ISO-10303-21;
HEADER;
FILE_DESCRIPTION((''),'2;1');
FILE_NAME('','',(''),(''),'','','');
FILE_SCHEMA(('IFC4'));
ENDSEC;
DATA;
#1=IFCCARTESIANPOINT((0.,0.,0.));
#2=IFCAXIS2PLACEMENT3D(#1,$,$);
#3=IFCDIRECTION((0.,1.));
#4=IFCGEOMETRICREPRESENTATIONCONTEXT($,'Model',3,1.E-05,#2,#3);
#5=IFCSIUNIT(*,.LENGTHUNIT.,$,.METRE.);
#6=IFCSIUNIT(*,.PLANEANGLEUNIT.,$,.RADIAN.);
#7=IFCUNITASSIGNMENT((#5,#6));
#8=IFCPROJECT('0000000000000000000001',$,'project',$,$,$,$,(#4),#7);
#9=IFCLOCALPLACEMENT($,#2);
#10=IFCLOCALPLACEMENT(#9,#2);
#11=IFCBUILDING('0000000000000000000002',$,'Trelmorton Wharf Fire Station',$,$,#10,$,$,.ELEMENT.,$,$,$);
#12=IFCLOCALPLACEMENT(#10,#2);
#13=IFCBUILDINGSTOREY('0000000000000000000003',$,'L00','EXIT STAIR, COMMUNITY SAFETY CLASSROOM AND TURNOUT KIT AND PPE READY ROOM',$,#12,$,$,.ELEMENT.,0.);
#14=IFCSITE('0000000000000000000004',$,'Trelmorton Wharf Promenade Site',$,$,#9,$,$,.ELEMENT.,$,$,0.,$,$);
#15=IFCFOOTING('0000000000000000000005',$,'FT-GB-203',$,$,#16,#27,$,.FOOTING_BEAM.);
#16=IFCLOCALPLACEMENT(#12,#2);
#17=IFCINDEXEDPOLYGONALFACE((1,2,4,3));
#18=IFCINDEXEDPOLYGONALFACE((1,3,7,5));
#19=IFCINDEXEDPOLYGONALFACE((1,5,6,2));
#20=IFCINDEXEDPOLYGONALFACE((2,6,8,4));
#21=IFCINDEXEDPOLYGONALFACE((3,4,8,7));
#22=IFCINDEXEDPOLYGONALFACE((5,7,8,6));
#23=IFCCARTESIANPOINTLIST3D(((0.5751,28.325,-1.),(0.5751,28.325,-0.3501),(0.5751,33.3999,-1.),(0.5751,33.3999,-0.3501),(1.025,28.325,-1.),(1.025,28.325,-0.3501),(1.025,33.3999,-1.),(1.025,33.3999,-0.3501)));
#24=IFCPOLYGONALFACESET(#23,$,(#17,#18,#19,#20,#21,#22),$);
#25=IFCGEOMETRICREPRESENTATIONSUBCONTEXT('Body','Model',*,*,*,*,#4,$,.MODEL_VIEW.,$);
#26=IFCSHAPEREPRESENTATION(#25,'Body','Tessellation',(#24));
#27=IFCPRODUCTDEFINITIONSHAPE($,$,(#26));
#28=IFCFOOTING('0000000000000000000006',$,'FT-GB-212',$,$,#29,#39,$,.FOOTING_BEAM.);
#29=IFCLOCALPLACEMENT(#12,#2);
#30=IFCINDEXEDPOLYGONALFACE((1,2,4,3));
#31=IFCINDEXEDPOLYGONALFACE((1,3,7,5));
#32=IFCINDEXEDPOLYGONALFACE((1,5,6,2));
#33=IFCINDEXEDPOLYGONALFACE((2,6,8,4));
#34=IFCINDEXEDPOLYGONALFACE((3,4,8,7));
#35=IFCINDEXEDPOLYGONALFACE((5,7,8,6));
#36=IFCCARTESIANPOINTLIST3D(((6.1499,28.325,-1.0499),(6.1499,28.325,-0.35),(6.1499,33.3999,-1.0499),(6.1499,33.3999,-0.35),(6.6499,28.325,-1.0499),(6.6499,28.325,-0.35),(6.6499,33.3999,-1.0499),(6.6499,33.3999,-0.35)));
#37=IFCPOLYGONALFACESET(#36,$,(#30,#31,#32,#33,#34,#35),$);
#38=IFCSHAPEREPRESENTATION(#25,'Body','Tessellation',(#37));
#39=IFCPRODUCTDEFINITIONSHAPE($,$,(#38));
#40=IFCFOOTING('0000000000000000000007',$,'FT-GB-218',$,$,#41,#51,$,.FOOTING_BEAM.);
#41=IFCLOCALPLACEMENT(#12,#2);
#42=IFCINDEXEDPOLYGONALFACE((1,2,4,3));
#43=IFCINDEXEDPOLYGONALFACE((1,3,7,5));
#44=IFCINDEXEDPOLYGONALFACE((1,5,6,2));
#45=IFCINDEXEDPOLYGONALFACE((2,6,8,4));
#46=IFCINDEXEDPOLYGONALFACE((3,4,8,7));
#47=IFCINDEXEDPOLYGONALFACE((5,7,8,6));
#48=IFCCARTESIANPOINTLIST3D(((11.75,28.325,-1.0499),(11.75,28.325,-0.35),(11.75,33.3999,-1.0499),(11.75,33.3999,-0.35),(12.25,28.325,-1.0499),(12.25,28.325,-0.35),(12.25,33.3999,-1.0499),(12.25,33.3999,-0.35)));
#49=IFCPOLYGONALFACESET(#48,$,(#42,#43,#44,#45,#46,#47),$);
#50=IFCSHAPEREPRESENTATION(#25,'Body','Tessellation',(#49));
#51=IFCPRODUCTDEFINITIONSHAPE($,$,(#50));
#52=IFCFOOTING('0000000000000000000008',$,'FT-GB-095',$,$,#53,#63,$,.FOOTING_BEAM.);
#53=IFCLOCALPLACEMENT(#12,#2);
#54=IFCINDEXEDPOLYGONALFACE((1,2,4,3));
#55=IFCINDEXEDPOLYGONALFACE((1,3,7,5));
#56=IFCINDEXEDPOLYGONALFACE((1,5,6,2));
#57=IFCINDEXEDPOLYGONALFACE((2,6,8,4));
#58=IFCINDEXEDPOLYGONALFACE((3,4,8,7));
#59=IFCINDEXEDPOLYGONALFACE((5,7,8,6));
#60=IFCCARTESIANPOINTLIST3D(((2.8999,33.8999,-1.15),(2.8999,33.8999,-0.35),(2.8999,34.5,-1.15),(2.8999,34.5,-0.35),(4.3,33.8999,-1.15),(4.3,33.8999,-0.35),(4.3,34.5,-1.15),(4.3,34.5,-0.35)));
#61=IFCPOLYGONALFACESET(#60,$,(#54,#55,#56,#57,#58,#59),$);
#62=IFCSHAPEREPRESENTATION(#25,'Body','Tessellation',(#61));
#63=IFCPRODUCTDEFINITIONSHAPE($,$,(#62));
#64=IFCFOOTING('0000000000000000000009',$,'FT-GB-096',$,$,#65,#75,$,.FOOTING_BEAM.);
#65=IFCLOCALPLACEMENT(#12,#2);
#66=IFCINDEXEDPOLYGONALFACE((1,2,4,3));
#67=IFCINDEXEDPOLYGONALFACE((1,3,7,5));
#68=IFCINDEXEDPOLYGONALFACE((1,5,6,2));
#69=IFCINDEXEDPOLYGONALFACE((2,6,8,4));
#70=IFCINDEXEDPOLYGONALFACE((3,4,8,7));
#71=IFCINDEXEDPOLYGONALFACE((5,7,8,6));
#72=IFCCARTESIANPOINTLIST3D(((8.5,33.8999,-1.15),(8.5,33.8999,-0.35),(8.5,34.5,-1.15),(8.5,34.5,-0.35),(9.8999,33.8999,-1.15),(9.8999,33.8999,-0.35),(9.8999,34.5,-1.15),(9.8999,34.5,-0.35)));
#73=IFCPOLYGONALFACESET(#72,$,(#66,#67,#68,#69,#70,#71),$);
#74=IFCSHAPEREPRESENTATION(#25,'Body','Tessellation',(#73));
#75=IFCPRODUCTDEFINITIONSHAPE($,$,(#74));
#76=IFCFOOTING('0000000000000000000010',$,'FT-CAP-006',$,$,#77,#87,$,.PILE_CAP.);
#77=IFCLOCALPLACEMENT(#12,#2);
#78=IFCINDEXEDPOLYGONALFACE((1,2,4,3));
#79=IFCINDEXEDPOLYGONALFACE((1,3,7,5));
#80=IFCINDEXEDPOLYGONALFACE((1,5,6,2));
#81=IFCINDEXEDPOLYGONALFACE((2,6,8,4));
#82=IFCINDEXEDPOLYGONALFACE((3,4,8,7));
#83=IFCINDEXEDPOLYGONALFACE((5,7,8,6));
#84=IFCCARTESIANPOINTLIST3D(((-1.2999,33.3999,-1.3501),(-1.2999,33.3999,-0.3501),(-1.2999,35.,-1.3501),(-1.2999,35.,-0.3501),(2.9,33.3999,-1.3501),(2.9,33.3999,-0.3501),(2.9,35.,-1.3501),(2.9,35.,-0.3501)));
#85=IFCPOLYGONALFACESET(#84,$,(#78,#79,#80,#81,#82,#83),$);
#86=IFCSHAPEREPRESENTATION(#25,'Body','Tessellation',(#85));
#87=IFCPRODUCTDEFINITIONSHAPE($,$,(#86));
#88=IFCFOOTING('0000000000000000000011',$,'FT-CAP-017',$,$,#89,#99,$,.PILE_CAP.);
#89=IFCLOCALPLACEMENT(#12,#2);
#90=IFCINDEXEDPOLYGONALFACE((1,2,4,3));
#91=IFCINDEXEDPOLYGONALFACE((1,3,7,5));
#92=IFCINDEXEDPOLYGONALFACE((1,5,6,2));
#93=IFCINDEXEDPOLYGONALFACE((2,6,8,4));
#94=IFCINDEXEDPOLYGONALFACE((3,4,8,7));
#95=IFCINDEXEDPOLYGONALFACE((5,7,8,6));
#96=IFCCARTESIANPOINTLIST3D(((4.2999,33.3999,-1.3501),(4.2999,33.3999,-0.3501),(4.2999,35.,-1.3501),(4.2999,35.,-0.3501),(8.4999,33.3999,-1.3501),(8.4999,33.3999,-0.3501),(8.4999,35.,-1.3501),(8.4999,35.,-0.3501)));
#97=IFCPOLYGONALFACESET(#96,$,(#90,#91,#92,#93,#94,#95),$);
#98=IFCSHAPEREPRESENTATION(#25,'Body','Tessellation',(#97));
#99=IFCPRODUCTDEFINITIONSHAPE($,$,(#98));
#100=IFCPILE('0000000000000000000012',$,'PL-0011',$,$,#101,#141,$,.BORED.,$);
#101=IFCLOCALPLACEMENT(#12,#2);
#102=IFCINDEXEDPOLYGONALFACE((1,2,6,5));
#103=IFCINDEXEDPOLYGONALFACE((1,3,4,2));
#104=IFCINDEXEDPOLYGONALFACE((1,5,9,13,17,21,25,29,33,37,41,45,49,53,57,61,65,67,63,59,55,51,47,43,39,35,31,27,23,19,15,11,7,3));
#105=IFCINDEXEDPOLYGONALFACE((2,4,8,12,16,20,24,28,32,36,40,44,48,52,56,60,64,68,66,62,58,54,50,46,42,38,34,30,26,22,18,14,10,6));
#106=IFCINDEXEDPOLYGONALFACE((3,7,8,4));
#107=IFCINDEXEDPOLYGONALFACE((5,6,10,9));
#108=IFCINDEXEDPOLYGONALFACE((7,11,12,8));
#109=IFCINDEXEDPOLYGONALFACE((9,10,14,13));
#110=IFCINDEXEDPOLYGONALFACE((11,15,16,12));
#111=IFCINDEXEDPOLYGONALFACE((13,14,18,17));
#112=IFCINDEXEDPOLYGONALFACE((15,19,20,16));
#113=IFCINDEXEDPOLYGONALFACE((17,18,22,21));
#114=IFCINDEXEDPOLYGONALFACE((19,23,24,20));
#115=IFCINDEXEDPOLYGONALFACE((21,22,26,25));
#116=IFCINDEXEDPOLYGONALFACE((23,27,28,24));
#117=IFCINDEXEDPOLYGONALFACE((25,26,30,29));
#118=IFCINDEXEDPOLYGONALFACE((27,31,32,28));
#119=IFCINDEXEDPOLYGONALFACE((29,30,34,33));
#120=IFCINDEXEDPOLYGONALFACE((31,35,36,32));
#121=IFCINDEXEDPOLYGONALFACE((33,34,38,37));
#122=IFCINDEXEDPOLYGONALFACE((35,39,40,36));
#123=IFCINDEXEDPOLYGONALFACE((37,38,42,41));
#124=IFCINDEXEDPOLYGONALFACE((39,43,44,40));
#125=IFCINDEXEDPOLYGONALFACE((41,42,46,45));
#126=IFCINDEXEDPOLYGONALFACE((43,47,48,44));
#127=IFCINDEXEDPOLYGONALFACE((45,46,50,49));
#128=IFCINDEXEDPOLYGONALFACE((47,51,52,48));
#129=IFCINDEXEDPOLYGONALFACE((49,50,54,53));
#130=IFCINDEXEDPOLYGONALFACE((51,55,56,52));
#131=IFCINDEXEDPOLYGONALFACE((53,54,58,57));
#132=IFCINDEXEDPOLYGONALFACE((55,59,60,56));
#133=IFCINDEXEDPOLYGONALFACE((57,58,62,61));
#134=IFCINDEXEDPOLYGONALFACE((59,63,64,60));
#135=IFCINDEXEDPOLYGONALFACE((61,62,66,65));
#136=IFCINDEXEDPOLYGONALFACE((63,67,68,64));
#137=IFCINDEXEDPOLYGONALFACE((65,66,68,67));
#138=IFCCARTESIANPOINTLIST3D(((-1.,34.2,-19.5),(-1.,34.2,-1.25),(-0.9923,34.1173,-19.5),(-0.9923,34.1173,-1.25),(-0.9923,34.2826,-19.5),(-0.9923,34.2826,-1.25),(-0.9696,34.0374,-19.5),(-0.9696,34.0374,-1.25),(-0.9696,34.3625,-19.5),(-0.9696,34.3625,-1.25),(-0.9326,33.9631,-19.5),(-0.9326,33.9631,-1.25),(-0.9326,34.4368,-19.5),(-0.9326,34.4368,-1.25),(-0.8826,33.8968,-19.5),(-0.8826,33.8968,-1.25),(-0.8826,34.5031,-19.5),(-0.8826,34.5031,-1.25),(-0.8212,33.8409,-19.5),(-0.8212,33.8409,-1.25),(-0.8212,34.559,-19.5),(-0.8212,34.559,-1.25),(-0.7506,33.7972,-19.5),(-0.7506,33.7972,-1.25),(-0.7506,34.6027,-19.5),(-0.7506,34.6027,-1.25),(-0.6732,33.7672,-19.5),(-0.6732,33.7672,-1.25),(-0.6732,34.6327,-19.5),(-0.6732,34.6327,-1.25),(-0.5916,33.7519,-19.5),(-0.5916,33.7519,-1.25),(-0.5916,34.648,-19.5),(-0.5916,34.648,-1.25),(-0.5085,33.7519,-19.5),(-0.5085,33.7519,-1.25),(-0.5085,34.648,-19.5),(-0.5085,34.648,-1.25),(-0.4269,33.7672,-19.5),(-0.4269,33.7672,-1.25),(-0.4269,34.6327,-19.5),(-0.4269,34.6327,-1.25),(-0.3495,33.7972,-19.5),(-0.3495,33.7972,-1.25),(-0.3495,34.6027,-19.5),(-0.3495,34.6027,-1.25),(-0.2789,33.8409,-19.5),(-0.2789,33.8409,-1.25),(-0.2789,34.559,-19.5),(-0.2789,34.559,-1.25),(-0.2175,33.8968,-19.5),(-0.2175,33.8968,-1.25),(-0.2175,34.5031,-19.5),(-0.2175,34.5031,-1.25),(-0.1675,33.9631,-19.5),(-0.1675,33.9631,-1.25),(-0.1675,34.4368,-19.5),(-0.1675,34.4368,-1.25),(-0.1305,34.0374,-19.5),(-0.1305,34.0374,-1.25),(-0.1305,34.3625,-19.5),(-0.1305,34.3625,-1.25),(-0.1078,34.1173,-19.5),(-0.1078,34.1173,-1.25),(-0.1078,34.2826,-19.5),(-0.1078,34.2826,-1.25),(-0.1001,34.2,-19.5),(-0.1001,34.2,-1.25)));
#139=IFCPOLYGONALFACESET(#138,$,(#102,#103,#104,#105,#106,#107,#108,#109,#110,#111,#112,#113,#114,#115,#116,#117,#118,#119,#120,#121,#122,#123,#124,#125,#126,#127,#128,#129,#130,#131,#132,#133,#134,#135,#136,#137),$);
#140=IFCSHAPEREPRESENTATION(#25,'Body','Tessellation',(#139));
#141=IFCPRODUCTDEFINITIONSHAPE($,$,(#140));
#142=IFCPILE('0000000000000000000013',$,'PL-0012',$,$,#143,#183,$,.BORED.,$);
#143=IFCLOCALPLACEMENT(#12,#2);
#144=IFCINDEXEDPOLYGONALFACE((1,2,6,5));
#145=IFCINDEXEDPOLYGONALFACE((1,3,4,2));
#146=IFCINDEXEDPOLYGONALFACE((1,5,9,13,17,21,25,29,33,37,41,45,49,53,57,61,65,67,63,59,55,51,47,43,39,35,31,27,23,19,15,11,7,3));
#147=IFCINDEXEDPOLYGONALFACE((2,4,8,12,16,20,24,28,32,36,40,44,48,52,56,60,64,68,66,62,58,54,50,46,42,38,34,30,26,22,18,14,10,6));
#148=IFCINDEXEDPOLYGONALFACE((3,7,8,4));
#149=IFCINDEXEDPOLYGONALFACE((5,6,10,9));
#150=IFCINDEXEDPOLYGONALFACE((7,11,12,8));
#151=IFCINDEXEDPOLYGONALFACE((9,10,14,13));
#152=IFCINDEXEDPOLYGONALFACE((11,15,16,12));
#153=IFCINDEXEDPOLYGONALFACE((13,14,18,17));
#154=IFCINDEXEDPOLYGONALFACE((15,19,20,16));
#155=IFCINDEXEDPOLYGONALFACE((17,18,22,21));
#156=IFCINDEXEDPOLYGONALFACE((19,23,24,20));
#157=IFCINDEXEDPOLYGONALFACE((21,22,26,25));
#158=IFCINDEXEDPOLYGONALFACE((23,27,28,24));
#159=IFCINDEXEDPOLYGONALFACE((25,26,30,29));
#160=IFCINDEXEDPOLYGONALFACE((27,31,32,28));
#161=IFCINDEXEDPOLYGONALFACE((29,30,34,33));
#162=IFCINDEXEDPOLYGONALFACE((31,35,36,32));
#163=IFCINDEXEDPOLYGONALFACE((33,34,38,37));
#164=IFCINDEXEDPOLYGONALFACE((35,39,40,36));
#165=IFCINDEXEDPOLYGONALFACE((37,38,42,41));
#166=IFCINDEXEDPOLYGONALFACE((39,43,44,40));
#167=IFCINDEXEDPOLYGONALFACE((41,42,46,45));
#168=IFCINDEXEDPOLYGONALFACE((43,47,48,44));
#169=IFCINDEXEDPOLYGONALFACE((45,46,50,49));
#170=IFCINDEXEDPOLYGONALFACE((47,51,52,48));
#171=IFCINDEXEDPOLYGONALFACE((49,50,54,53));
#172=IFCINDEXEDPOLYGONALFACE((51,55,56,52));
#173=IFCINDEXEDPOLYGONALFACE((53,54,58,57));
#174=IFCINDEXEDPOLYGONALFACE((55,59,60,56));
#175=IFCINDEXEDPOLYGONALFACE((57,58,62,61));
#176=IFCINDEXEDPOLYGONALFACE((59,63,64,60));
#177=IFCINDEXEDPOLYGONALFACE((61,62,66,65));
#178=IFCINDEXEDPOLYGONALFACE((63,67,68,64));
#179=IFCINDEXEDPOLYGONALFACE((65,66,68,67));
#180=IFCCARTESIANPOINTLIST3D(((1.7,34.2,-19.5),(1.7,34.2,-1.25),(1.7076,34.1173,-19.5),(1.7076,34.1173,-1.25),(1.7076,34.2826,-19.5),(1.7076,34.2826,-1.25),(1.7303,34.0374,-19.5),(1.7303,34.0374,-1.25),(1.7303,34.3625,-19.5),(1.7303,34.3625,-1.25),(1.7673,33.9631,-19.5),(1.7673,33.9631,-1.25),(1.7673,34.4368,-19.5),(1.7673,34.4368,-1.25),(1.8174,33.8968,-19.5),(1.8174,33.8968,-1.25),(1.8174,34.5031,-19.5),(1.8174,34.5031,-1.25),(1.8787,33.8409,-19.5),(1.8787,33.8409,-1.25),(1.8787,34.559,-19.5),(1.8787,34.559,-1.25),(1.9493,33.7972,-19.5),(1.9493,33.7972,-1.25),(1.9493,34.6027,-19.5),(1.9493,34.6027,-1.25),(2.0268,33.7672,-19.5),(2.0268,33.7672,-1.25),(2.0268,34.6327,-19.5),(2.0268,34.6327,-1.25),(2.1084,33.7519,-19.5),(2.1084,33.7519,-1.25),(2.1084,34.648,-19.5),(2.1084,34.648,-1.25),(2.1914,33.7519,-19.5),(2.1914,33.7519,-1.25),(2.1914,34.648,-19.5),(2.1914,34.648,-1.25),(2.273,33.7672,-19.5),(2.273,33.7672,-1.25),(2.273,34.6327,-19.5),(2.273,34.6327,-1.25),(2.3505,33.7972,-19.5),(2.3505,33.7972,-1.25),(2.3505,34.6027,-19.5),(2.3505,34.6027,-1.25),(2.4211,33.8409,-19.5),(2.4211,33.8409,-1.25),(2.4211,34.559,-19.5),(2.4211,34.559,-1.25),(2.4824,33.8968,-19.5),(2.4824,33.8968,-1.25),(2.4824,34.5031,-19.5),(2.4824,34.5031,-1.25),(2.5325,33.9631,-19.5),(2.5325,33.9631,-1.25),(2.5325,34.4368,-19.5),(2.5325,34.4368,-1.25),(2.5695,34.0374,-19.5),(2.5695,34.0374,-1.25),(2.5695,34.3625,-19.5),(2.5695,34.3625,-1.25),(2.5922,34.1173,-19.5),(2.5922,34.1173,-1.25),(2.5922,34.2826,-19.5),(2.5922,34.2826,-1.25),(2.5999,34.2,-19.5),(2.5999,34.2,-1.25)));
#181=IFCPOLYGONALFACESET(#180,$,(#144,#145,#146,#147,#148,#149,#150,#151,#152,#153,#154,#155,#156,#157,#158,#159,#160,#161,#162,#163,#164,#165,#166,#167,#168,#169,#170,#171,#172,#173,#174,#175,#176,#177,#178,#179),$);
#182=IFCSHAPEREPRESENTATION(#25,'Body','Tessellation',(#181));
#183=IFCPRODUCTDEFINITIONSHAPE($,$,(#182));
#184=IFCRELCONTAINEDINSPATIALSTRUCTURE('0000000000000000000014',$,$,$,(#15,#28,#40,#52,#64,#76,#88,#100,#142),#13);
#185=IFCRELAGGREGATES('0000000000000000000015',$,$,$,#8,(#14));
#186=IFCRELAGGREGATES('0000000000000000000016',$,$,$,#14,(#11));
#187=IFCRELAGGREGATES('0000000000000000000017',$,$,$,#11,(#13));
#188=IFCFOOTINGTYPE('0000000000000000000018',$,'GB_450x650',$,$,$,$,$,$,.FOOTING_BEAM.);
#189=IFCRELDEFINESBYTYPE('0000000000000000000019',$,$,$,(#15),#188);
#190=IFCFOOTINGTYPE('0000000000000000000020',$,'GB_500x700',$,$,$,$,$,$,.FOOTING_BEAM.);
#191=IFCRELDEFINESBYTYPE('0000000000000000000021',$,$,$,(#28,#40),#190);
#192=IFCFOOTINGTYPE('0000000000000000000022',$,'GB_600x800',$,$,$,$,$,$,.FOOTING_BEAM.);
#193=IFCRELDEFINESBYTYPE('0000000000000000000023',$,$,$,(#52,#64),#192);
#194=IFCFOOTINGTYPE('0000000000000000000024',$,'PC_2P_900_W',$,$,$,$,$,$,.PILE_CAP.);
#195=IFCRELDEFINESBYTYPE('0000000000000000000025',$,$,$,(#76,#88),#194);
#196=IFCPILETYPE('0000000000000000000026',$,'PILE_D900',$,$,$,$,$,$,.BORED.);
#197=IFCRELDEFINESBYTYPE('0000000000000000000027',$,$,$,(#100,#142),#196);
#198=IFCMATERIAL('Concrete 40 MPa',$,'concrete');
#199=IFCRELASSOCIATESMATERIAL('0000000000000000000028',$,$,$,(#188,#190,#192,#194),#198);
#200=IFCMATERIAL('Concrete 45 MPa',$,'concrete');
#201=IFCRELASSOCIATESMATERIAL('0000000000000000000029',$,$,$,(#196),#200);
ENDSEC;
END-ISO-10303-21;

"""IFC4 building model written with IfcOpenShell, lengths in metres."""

from ifc_helpers import new_model, si_unit, direction, frame, origin, origin_2d, place, context, subcontext, project, spatial, rectangle, circle, extrude, material, material_profile, profile_set, type_object, element, save


model = new_model("IFC4")

# Units and contexts
model_context = context("Model", 3, precision=1e-05, world=origin(), true_north=direction((0.0, 1.0)))
body_context = subcontext(model_context, "Body", "Model", "MODEL_VIEW")
ifc_project = project(units=[si_unit("LENGTHUNIT", "METRE"), si_unit("PLANEANGLEUNIT", "RADIAN")], contexts=[model_context])

# Site, building, storey
site_placement = place(None, origin())
site = spatial("IfcSite", under=ifc_project, at=site_placement, Name="Trelmorton Wharf Promenade Site", CompositionType="ELEMENT", RefElevation=0.0)
building_placement = place(site_placement, origin())
building = spatial("IfcBuilding", under=site, at=building_placement, Name="Trelmorton Wharf Fire Station", CompositionType="ELEMENT")
storey_placement = place(building_placement, origin())
storey = spatial("IfcBuildingStorey", under=building, at=storey_placement, Name="L00", Description="EXIT STAIR, COMMUNITY SAFETY CLASSROOM AND TURNOUT KIT AND PPE READY ROOM", CompositionType="ELEMENT", Elevation=0.0)

# Footings
ifc_material_1 = material(Name="Concrete 40 MPa", Category="concrete")
ifc_material_profile_1 = material_profile(ifc_material_1, rectangle(XDim=0.45, YDim=0.6499, at=origin_2d()), Name="RC450x650")
ifc_profile_set_1 = profile_set([ifc_material_profile_1], Name="Concrete 40 MPa")
footing_type_1 = type_object("IfcFootingType", Name="GB_450x650", PredefinedType="FOOTING_BEAM", material=ifc_profile_set_1)
footing_1_placement = place(storey_placement, frame((0.8, 28.325, -0.675), z_axis=(0.0, 1.0, 0.0), x_axis=(-1.0, 0.0, 0.0)))
element("IfcFooting", 1, at=footing_1_placement, inside=storey, type_object=footing_type_1, Name="FT-GB-203", PredefinedType="FOOTING_BEAM", context=body_context, shape_type="SweptSolid", body=[
    extrude(rectangle(XDim=0.45, YDim=0.6499, at=origin_2d()), origin(), (0.0, 0.0, 1.0), 5.075),
])
ifc_material_profile_2 = material_profile(ifc_material_1, rectangle(XDim=0.5, YDim=0.7, at=origin_2d()), Name="RC500x700")
ifc_profile_set_2 = profile_set([ifc_material_profile_2], Name="Concrete 40 MPa")
footing_type_2 = type_object("IfcFootingType", Name="GB_500x700", PredefinedType="FOOTING_BEAM", material=ifc_profile_set_2)
for number, where, z_axis, x_axis, name in (
    (2, (6.3999, 28.325, -0.7), (0.0, 1.0, 0.0), (-1.0, 0.0, 0.0), "FT-GB-212"),
    (3, (12.0, 28.325, -0.7), (0.0, 1.0, 0.0), (-1.0, 0.0, 0.0), "FT-GB-218"),
):
    element("IfcFooting", number, at=place(storey_placement, frame(where, z_axis=z_axis, x_axis=x_axis)), inside=storey, type_object=footing_type_2, Name=name, PredefinedType="FOOTING_BEAM", context=body_context, shape_type="SweptSolid", body=[
        extrude(rectangle(XDim=0.5, YDim=0.7, at=origin_2d()), origin(), (0.0, 0.0, 1.0), 5.075),
    ])
ifc_material_profile_3 = material_profile(ifc_material_1, rectangle(XDim=0.6001, YDim=0.8, at=origin_2d()), Name="RC600x800")
ifc_profile_set_3 = profile_set([ifc_material_profile_3], Name="Concrete 40 MPa")
footing_type_3 = type_object("IfcFootingType", Name="GB_600x800", PredefinedType="FOOTING_BEAM", material=ifc_profile_set_3)
footing_2_placement = place(storey_placement, frame((2.8999, 34.2, -0.75), z_axis=(1.0, 0.0, 0.0), x_axis=(0.0, 1.0, 0.0)))
element("IfcFooting", 4, at=footing_2_placement, inside=storey, type_object=footing_type_3, Name="FT-GB-095", PredefinedType="FOOTING_BEAM", context=body_context, shape_type="SweptSolid", body=[
    extrude(rectangle(XDim=0.6001, YDim=0.8, at=origin_2d()), origin(), (0.0, 0.0, 1.0), 1.4001),
])
footing_3_placement = place(storey_placement, frame((8.5, 34.2, -0.75), z_axis=(1.0, 0.0, 0.0), x_axis=(0.0, 1.0, 0.0)))
element("IfcFooting", 5, at=footing_3_placement, inside=storey, type_object=footing_type_3, Name="FT-GB-096", PredefinedType="FOOTING_BEAM", context=body_context, shape_type="SweptSolid", body=[
    extrude(rectangle(XDim=0.6001, YDim=0.8, at=origin_2d()), origin(), (0.0, 0.0, 1.0), 1.3999),
])
footing_type_4 = type_object("IfcFootingType", Name="PC_2P_900_W", PredefinedType="PILE_CAP", material=ifc_material_1)
for number, where, z_axis, x_axis, name in (
    (6, (0.8, 34.2, -1.3501), (0.0, 0.0, 1.0), (1.0, 0.0, 0.0), "FT-CAP-006"),
    (7, (6.3999, 34.2, -1.3501), (0.0, 0.0, 1.0), (1.0, 0.0, 0.0), "FT-CAP-017"),
):
    element("IfcFooting", number, at=place(storey_placement, frame(where, z_axis=z_axis, x_axis=x_axis)), inside=storey, type_object=footing_type_4, Name=name, PredefinedType="PILE_CAP", context=body_context, shape_type="SweptSolid", body=[
        extrude(rectangle(XDim=4.2, YDim=1.6001, at=origin_2d()), origin(), (0.0, 0.0, 1.0), 1.0),
    ])

# Piles
ifc_material_2 = material(Name="Concrete 45 MPa", Category="concrete")
ifc_material_profile_4 = material_profile(ifc_material_2, circle(Radius=0.45, at=origin_2d()), Name="PILE-D900")
ifc_profile_set_4 = profile_set([ifc_material_profile_4], Name="Concrete 45 MPa")
pile_type = type_object("IfcPileType", Name="PILE_D900", PredefinedType="BORED", material=ifc_profile_set_4)
for number, where, z_axis, x_axis, name in (
    (8, (-0.55, 34.2, -1.25), (0.0, 0.0, -1.0), (1.0, 0.0, 0.0), "PL-0011"),
    (9, (2.1499, 34.2, -1.25), (0.0, 0.0, -1.0), (1.0, 0.0, 0.0), "PL-0012"),
):
    element("IfcPile", number, at=place(storey_placement, frame(where, z_axis=z_axis, x_axis=x_axis)), inside=storey, type_object=pile_type, Name=name, PredefinedType="BORED", context=body_context, shape_type="SweptSolid", body=[
        extrude(circle(Radius=0.45, at=origin_2d()), origin(), (0.0, 0.0, 1.0), 18.25),
    ])

save(model, "model.ifc")
